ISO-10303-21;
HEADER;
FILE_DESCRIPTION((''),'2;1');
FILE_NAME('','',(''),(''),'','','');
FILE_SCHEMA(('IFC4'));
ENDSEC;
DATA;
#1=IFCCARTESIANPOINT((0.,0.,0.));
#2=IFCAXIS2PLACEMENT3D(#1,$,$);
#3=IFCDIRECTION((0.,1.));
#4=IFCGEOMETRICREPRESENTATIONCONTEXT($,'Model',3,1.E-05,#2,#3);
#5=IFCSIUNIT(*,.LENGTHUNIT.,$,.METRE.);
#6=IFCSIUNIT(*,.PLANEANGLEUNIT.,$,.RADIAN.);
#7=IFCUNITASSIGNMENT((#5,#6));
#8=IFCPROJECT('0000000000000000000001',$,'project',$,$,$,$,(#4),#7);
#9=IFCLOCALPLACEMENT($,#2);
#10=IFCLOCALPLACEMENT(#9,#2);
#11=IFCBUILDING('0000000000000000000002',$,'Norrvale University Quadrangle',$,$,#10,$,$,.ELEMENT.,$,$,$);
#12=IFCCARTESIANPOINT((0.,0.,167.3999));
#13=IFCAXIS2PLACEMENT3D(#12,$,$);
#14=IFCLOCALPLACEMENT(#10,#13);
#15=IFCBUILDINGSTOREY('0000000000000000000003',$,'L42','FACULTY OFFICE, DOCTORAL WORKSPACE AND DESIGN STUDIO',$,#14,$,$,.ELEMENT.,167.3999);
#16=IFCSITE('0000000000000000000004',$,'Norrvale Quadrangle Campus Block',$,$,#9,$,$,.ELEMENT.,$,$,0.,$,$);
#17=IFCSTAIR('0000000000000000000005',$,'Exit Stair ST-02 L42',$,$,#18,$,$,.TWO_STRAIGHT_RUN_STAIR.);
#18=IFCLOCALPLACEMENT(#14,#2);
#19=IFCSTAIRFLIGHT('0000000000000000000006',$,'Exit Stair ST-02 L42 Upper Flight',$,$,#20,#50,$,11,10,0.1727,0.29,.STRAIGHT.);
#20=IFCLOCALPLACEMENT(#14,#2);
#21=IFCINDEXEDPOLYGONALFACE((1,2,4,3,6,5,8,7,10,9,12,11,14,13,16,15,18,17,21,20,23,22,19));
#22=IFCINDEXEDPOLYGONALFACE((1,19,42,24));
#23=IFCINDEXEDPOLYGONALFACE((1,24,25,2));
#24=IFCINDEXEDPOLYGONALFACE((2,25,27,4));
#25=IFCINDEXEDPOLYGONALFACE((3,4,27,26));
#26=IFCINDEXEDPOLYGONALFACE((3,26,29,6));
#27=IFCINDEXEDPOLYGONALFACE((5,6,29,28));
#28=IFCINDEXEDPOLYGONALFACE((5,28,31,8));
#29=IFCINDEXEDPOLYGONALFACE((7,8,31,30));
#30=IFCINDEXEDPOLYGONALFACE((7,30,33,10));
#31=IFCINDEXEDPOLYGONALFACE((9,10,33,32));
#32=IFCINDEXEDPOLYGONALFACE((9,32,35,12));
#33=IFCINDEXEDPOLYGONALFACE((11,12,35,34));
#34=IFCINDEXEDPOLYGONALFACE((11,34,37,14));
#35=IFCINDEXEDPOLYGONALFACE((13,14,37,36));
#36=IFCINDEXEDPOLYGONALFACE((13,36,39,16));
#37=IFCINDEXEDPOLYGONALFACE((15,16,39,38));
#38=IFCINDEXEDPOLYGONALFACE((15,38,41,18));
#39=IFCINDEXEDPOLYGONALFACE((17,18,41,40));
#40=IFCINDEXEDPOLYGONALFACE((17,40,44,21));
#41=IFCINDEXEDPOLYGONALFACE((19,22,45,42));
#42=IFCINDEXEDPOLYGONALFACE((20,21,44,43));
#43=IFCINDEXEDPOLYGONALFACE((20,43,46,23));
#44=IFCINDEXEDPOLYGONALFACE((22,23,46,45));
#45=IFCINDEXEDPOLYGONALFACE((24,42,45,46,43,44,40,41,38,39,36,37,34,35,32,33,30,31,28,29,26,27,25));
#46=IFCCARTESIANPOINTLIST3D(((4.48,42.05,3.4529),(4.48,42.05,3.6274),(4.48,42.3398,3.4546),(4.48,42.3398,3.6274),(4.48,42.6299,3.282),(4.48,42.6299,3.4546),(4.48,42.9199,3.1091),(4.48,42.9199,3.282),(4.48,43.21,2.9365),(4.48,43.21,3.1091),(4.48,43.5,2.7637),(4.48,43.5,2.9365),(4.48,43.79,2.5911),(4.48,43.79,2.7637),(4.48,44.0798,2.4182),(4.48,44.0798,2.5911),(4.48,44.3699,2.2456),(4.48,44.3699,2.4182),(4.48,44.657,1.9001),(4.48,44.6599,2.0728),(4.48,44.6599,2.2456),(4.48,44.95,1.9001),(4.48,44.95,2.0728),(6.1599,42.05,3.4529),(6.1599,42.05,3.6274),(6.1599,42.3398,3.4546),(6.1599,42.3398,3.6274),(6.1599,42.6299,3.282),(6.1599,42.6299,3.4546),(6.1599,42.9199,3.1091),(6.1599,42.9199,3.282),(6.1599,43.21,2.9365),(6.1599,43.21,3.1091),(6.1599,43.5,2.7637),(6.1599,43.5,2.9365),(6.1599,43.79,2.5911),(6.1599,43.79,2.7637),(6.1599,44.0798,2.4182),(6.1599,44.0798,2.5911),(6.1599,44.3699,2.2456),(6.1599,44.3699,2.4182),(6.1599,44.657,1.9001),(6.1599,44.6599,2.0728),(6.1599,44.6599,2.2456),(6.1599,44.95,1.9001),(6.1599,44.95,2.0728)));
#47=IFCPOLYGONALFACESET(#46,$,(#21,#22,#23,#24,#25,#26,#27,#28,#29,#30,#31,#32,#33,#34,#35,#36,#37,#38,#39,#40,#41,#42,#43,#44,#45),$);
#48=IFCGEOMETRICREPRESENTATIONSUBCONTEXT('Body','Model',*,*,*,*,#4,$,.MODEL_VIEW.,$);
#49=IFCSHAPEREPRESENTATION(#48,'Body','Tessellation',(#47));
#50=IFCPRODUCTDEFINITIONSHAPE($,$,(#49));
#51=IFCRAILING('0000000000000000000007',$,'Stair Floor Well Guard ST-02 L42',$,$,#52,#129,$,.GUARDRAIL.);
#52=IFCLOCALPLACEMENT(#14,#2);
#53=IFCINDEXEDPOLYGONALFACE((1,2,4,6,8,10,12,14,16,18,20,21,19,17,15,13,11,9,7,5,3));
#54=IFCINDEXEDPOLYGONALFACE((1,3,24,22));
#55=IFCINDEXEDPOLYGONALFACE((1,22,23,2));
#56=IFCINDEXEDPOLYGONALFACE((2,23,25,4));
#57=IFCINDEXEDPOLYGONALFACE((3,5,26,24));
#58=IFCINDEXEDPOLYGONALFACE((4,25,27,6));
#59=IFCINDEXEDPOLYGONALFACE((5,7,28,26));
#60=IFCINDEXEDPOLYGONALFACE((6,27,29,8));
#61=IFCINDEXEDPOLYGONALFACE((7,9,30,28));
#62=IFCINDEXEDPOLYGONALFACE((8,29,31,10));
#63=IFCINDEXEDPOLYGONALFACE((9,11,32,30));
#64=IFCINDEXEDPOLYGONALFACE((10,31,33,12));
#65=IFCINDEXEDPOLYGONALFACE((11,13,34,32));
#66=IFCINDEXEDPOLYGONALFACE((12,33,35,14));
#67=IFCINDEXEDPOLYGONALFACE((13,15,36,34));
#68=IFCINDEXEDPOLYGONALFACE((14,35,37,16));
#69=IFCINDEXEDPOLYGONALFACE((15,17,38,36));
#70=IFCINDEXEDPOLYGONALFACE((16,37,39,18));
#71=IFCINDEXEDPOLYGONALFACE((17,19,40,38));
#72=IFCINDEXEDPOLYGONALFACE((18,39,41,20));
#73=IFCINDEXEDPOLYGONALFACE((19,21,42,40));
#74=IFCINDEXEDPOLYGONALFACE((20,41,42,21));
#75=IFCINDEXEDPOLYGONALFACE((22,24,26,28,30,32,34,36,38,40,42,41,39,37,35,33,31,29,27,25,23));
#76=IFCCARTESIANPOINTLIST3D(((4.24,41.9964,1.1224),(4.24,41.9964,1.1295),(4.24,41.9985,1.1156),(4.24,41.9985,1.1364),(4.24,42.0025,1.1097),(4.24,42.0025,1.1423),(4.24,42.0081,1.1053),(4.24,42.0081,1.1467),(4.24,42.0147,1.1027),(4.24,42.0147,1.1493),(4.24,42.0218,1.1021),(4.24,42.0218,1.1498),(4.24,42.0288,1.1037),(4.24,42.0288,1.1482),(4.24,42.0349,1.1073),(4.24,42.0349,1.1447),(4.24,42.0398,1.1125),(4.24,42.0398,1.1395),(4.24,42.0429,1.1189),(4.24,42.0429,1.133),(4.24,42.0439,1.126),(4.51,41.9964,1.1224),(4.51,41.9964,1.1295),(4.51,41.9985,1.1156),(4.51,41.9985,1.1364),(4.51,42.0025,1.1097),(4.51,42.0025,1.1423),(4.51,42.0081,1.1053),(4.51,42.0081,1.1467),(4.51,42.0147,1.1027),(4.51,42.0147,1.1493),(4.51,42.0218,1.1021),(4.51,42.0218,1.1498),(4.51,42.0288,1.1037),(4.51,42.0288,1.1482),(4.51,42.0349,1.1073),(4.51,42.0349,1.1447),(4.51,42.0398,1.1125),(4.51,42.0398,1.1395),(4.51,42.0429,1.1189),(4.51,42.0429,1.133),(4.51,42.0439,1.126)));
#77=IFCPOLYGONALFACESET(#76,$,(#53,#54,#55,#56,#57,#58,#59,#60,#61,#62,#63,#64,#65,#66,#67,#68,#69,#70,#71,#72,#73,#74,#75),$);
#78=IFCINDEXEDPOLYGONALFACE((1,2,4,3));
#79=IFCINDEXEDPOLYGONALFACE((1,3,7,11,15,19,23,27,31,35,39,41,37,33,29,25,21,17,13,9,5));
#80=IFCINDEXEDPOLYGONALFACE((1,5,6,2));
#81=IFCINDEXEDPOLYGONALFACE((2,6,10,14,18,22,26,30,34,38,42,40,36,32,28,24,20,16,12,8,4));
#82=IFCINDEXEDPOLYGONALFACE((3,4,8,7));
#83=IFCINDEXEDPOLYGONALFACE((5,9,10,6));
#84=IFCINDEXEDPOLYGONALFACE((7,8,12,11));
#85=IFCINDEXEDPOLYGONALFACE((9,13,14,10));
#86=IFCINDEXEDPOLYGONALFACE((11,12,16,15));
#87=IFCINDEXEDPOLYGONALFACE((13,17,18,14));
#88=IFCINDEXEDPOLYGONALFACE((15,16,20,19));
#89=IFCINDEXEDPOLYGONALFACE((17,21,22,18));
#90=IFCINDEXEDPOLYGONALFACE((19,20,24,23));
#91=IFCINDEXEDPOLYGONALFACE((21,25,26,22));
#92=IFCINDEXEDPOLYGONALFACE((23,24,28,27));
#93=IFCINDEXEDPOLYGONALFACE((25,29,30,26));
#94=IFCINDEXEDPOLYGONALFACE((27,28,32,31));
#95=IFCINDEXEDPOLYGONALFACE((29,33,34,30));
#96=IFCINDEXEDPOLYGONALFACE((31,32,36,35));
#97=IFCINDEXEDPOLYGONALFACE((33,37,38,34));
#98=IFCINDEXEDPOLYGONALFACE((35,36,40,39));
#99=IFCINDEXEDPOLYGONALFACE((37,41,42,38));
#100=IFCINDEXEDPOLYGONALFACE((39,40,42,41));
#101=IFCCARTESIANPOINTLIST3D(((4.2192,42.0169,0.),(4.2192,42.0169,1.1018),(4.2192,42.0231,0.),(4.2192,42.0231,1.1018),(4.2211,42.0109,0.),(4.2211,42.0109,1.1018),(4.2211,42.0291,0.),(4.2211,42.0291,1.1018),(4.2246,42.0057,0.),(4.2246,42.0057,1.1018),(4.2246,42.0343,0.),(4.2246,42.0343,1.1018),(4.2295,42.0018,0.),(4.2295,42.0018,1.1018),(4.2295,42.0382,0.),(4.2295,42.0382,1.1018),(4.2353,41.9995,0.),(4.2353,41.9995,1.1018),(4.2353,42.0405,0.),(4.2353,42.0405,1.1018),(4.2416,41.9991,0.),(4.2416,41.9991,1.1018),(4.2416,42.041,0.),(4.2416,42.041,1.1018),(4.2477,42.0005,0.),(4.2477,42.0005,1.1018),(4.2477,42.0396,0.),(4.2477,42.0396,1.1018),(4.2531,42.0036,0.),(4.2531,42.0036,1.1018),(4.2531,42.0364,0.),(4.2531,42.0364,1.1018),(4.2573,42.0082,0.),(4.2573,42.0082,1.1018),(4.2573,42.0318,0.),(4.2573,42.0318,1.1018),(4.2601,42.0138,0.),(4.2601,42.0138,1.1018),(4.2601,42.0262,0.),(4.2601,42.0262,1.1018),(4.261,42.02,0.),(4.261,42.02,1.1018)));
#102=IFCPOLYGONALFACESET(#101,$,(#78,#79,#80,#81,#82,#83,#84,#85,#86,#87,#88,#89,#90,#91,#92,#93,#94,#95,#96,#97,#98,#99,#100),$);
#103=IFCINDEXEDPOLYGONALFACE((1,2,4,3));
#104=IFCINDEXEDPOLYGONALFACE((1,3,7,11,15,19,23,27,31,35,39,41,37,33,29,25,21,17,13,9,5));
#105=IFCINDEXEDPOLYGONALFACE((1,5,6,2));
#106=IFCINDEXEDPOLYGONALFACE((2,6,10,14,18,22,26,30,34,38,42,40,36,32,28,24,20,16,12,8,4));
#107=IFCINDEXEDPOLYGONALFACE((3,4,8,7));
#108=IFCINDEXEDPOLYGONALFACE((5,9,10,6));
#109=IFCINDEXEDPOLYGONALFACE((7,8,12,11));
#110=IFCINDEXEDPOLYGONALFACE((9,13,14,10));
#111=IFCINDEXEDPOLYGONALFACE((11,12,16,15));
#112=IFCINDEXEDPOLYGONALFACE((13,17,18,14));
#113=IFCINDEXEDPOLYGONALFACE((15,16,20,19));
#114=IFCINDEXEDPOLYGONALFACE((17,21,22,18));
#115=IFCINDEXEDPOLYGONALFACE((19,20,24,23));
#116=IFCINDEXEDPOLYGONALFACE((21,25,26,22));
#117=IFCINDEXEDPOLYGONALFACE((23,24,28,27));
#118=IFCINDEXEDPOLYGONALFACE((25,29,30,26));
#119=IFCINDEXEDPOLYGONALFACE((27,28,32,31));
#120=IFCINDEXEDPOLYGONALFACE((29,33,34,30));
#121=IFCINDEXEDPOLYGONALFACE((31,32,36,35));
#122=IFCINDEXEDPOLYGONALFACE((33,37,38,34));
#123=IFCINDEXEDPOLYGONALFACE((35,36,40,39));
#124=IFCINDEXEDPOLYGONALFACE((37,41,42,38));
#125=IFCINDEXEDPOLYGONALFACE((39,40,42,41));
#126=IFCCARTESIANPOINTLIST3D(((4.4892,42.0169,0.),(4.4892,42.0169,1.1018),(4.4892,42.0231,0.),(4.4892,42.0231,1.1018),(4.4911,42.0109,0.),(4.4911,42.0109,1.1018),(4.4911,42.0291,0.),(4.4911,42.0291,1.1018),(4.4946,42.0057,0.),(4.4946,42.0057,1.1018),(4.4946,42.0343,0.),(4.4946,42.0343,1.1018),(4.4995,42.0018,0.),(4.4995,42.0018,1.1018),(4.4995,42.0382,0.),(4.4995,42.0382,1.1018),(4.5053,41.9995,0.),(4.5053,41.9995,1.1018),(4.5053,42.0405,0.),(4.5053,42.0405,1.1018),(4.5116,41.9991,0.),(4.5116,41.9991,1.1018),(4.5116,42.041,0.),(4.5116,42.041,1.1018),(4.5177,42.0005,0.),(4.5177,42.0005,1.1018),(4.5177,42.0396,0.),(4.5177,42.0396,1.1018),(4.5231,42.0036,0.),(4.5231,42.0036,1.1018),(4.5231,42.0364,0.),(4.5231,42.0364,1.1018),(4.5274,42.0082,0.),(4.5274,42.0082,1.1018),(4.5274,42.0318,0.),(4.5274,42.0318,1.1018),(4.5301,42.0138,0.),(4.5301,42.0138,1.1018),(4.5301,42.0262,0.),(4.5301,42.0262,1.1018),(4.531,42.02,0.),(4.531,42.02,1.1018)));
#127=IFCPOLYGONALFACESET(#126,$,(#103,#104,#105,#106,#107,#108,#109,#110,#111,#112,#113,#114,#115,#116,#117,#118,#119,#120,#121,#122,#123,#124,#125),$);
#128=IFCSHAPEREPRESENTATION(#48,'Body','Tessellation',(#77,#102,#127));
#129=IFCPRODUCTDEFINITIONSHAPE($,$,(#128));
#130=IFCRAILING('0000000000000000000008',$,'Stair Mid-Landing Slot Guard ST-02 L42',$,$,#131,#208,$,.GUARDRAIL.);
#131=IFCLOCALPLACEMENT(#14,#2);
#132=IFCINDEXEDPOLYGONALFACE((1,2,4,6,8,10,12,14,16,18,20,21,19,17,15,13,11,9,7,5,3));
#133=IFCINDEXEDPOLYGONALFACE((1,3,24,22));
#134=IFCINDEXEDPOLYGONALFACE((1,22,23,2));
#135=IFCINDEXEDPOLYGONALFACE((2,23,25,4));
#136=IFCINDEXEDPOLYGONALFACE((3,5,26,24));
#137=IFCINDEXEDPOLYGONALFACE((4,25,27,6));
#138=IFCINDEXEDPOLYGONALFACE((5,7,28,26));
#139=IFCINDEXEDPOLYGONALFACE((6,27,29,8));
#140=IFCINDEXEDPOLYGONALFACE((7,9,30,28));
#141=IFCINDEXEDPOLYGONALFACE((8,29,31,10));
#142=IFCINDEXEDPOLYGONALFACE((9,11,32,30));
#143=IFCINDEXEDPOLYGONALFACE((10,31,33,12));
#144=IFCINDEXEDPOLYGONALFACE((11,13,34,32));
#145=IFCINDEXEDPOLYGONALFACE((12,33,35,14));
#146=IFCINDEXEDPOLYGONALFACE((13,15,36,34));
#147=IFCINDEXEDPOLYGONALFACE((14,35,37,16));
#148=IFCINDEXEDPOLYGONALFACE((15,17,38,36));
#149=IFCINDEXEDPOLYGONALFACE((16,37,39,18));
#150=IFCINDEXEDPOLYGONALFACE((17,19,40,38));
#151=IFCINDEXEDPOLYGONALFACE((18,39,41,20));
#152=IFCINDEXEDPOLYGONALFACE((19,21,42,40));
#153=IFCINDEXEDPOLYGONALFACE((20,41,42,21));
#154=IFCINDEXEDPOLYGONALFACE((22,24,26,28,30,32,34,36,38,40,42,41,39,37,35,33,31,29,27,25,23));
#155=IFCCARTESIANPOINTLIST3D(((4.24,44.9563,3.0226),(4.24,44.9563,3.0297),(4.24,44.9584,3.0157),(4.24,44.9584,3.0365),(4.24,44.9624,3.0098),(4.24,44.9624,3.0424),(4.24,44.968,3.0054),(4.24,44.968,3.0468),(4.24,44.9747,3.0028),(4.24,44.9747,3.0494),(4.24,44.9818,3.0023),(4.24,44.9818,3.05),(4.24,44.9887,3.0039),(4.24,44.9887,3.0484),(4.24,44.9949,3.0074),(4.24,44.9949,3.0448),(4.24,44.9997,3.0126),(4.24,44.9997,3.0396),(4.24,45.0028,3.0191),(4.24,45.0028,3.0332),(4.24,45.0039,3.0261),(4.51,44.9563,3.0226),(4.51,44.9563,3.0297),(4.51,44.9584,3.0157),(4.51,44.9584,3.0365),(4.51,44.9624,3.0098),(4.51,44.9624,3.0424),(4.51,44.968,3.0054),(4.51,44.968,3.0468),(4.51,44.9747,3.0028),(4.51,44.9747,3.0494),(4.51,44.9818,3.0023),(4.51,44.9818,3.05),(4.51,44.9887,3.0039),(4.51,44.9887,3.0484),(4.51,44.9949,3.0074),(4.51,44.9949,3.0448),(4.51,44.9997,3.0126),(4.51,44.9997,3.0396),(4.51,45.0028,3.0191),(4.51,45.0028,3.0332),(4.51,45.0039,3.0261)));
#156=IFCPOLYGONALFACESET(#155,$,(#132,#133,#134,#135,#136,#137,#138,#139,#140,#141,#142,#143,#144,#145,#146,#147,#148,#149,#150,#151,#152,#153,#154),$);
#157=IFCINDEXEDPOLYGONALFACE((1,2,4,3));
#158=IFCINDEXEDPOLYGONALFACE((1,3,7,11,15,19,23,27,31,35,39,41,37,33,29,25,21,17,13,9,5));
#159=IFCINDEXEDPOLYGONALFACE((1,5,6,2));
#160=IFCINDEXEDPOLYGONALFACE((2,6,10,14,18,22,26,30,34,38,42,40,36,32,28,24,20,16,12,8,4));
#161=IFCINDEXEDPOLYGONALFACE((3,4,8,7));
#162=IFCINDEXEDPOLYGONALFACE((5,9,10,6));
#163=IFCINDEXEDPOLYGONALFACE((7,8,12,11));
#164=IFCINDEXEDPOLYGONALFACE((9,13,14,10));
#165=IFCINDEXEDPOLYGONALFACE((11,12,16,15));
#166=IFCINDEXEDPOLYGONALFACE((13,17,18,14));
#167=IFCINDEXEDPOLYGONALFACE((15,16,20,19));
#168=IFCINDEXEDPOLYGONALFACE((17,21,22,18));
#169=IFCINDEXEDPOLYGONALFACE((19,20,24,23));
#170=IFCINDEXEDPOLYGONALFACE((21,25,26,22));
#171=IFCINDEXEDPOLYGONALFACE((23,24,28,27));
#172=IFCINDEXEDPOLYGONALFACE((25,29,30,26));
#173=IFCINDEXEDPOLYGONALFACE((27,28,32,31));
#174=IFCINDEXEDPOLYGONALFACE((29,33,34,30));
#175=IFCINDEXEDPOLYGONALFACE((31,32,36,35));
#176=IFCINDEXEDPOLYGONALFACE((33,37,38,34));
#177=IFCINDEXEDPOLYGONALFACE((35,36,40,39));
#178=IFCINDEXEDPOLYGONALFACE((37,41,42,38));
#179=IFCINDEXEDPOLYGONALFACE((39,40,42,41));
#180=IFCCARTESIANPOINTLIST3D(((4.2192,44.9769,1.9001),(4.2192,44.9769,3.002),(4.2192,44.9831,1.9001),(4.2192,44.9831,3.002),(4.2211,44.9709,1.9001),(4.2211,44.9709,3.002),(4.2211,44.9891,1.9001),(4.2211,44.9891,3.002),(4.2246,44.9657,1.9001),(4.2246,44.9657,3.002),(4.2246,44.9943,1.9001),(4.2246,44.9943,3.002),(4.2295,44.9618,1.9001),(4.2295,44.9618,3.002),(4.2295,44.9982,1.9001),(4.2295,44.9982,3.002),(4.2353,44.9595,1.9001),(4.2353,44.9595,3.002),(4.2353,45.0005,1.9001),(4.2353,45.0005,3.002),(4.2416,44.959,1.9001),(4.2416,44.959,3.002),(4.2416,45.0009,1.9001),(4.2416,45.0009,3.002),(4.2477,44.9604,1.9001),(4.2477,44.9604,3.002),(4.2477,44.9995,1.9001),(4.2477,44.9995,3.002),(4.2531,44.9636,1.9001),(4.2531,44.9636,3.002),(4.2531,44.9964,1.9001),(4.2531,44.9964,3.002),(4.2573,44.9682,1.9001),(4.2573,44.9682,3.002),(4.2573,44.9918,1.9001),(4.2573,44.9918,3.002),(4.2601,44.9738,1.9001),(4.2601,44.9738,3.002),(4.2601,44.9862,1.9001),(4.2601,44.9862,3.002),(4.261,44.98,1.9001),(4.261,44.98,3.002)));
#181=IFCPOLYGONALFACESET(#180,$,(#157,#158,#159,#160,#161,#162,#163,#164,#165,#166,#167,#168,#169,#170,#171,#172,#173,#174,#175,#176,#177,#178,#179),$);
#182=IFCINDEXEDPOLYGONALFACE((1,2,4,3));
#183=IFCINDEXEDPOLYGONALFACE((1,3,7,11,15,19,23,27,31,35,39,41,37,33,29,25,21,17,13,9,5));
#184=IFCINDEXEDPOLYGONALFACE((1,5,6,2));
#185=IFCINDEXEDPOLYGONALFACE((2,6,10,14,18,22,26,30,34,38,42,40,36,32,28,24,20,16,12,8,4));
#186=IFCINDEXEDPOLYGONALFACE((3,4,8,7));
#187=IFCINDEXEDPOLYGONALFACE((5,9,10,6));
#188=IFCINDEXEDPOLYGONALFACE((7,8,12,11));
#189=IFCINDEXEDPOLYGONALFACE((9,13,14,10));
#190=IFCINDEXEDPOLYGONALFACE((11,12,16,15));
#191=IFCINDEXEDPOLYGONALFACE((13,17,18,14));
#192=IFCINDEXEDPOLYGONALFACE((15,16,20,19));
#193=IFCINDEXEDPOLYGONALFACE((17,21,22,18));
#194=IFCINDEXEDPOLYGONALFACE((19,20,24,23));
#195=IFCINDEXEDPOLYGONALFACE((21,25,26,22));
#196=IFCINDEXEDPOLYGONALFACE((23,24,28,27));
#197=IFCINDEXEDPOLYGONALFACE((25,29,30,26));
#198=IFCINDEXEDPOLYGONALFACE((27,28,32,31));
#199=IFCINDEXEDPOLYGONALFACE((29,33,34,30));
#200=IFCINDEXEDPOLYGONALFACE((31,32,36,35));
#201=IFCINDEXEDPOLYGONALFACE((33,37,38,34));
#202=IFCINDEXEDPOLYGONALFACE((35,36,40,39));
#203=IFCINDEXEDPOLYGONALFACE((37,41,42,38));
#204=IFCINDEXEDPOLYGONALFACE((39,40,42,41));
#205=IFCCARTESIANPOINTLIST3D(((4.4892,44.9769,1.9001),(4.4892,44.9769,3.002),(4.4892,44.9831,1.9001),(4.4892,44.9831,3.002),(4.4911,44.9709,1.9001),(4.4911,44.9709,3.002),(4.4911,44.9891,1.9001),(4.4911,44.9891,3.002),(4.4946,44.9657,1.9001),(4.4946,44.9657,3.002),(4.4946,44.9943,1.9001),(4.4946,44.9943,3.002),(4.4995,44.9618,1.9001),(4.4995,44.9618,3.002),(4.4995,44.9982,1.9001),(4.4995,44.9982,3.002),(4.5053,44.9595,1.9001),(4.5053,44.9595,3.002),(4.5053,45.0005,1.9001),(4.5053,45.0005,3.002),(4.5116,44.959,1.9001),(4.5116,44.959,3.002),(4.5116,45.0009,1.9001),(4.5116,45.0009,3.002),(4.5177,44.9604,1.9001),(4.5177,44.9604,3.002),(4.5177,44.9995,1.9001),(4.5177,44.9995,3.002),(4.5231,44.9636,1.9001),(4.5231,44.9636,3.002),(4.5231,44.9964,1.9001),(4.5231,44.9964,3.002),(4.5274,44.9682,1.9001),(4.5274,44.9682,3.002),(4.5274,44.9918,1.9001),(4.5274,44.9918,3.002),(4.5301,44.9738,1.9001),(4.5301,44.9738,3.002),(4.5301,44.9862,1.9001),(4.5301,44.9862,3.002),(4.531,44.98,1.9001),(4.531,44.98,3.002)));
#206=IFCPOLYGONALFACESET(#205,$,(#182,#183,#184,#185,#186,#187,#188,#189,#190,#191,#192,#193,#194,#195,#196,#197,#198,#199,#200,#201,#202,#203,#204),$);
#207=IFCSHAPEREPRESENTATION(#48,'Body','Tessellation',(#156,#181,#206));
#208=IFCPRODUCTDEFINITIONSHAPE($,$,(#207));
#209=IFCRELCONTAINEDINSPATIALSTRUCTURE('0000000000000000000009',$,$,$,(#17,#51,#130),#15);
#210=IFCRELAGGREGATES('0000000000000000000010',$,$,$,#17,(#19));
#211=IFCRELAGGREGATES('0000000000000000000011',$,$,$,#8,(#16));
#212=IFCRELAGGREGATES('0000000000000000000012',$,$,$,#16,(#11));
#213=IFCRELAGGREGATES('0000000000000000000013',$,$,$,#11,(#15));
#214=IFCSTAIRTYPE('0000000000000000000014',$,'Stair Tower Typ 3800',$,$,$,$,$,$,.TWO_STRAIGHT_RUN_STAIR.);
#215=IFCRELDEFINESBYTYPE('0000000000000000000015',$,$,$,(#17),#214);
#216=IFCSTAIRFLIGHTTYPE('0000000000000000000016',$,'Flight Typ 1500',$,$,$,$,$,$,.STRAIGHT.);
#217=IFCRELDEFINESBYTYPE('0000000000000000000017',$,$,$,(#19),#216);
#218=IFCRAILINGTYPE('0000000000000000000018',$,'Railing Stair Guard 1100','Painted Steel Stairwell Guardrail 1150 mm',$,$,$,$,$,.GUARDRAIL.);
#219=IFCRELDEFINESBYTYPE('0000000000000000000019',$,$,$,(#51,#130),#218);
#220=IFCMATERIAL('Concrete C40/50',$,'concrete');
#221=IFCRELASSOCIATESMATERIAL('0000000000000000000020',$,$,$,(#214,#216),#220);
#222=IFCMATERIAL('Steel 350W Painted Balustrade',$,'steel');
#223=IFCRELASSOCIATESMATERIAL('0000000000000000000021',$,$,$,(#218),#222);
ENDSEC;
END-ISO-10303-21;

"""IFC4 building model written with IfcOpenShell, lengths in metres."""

from ifc_helpers import new_model, si_unit, direction, frame, origin, origin_2d, place, context, subcontext, project, spatial, polyline, circle, outline, extrude, material, type_object, element, aggregate, save


model = new_model("IFC4")

# Units and contexts
model_context = context("Model", 3, precision=1e-05, world=origin(), true_north=direction((0.0, 1.0)))
body_context = subcontext(model_context, "Body", "Model", "MODEL_VIEW")
ifc_project = project(units=[si_unit("LENGTHUNIT", "METRE"), si_unit("PLANEANGLEUNIT", "RADIAN")], contexts=[model_context])

# Site, building, storey
site_placement = place(None, origin())
site = spatial("IfcSite", under=ifc_project, at=site_placement, Name="Norrvale Quadrangle Campus Block", CompositionType="ELEMENT", RefElevation=0.0)
building_placement = place(site_placement, origin())
building = spatial("IfcBuilding", under=site, at=building_placement, Name="Norrvale University Quadrangle", CompositionType="ELEMENT")
storey_placement = place(building_placement, frame((0.0, 0.0, 167.3999)))
storey = spatial("IfcBuildingStorey", under=building, at=storey_placement, Name="L42", Description="FACULTY OFFICE, DOCTORAL WORKSPACE AND DESIGN STUDIO", CompositionType="ELEMENT", Elevation=167.3999)

# Stair, stair flight
ifc_material_1 = material(Name="Concrete C40/50", Category="concrete")
stair_type = type_object("IfcStairType", Name="Stair Tower Typ 3800", PredefinedType="TWO_STRAIGHT_RUN_STAIR", material=ifc_material_1)
stair_placement = place(storey_placement, origin())
stair = element("IfcStair", 1, at=stair_placement, inside=storey, type_object=stair_type, Name="Exit Stair ST-02 L42", PredefinedType="TWO_STRAIGHT_RUN_STAIR")
stair_flight_type = type_object("IfcStairFlightType", Name="Flight Typ 1500", PredefinedType="STRAIGHT", material=ifc_material_1)
stair_flight_1_placement = place(storey_placement, frame((5.3201, 44.95, 1.9001), z_axis=(0.0, 0.0, 1.0), x_axis=(0.0, -1.0, 0.0)))
stair_flight_1 = element("IfcStairFlight", 2, at=stair_flight_1_placement, type_object=stair_flight_type, Name="Exit Stair ST-02 L42 Upper Flight", NumberOfRisers=11, NumberOfTreads=10, PredefinedType="STRAIGHT", RiserHeight=0.1727, TreadLength=0.29, context=body_context, shape_type="SweptSolid", body=[
    extrude(outline(polyline([(0.0, 0.0), (0.0, 0.1726), (0.29, 0.1726), (0.29, 0.3455), (0.5801, 0.3455), (0.5801, 0.5181), (0.8701, 0.5181), (0.8701, 0.6909), (1.1599, 0.6909), (1.1599, 0.8635), (1.45, 0.8635), (1.45, 1.0364), (1.74, 1.0364), (1.74, 1.209), (2.03, 1.209), (2.03, 1.3818), (2.3201, 1.3818), (2.3201, 1.5544), (2.6101, 1.5544), (2.6101, 1.7273), (2.8999, 1.7273), (2.8999, 1.8999), (2.8999, 1.5527), (0.293, 0.0), (0.0, 0.0)])), frame((0.0, 0.8398, 0.0), z_axis=(0.0, -1.0, 0.0), x_axis=(1.0, 0.0, 0.0)), (0.0, 0.0, 1.0), 1.6799),
])
aggregate(stair, [stair_flight_1])

# Railings
ifc_material_2 = material(Name="Steel 350W Painted Balustrade", Category="steel")
railing_type_1 = type_object("IfcRailingType", Name="Railing Stair Guard 1100", Description="Painted Steel Stairwell Guardrail 1150 mm", PredefinedType="GUARDRAIL", material=ifc_material_2)
for number, where, name in (
    (3, (4.24, 42.02, 0.0), "Stair Floor Well Guard ST-02 L42"),
    (4, (4.24, 44.98, 1.9001), "Stair Mid-Landing Slot Guard ST-02 L42"),
):
    element("IfcRailing", number, at=place(storey_placement, frame(where)), inside=storey, type_object=railing_type_1, Name=name, PredefinedType="GUARDRAIL", context=body_context, shape_type="SweptSolid", body=[
        extrude(circle(Radius=0.0239, at=origin_2d()), frame((0.0, 0.0, 1.126), z_axis=(1.0, 0.0, 0.0), x_axis=(0.0, 1.0, 0.0)), (0.0, 0.0, 1.0), 0.27),
        extrude(circle(Radius=0.021, at=origin_2d()), origin(), (0.0, 0.0, 1.0), 1.1018),
        extrude(circle(Radius=0.021, at=origin_2d()), frame((0.27, 0.0, 0.0)), (0.0, 0.0, 1.0), 1.1018),
    ])

save(model, "model.ifc")
